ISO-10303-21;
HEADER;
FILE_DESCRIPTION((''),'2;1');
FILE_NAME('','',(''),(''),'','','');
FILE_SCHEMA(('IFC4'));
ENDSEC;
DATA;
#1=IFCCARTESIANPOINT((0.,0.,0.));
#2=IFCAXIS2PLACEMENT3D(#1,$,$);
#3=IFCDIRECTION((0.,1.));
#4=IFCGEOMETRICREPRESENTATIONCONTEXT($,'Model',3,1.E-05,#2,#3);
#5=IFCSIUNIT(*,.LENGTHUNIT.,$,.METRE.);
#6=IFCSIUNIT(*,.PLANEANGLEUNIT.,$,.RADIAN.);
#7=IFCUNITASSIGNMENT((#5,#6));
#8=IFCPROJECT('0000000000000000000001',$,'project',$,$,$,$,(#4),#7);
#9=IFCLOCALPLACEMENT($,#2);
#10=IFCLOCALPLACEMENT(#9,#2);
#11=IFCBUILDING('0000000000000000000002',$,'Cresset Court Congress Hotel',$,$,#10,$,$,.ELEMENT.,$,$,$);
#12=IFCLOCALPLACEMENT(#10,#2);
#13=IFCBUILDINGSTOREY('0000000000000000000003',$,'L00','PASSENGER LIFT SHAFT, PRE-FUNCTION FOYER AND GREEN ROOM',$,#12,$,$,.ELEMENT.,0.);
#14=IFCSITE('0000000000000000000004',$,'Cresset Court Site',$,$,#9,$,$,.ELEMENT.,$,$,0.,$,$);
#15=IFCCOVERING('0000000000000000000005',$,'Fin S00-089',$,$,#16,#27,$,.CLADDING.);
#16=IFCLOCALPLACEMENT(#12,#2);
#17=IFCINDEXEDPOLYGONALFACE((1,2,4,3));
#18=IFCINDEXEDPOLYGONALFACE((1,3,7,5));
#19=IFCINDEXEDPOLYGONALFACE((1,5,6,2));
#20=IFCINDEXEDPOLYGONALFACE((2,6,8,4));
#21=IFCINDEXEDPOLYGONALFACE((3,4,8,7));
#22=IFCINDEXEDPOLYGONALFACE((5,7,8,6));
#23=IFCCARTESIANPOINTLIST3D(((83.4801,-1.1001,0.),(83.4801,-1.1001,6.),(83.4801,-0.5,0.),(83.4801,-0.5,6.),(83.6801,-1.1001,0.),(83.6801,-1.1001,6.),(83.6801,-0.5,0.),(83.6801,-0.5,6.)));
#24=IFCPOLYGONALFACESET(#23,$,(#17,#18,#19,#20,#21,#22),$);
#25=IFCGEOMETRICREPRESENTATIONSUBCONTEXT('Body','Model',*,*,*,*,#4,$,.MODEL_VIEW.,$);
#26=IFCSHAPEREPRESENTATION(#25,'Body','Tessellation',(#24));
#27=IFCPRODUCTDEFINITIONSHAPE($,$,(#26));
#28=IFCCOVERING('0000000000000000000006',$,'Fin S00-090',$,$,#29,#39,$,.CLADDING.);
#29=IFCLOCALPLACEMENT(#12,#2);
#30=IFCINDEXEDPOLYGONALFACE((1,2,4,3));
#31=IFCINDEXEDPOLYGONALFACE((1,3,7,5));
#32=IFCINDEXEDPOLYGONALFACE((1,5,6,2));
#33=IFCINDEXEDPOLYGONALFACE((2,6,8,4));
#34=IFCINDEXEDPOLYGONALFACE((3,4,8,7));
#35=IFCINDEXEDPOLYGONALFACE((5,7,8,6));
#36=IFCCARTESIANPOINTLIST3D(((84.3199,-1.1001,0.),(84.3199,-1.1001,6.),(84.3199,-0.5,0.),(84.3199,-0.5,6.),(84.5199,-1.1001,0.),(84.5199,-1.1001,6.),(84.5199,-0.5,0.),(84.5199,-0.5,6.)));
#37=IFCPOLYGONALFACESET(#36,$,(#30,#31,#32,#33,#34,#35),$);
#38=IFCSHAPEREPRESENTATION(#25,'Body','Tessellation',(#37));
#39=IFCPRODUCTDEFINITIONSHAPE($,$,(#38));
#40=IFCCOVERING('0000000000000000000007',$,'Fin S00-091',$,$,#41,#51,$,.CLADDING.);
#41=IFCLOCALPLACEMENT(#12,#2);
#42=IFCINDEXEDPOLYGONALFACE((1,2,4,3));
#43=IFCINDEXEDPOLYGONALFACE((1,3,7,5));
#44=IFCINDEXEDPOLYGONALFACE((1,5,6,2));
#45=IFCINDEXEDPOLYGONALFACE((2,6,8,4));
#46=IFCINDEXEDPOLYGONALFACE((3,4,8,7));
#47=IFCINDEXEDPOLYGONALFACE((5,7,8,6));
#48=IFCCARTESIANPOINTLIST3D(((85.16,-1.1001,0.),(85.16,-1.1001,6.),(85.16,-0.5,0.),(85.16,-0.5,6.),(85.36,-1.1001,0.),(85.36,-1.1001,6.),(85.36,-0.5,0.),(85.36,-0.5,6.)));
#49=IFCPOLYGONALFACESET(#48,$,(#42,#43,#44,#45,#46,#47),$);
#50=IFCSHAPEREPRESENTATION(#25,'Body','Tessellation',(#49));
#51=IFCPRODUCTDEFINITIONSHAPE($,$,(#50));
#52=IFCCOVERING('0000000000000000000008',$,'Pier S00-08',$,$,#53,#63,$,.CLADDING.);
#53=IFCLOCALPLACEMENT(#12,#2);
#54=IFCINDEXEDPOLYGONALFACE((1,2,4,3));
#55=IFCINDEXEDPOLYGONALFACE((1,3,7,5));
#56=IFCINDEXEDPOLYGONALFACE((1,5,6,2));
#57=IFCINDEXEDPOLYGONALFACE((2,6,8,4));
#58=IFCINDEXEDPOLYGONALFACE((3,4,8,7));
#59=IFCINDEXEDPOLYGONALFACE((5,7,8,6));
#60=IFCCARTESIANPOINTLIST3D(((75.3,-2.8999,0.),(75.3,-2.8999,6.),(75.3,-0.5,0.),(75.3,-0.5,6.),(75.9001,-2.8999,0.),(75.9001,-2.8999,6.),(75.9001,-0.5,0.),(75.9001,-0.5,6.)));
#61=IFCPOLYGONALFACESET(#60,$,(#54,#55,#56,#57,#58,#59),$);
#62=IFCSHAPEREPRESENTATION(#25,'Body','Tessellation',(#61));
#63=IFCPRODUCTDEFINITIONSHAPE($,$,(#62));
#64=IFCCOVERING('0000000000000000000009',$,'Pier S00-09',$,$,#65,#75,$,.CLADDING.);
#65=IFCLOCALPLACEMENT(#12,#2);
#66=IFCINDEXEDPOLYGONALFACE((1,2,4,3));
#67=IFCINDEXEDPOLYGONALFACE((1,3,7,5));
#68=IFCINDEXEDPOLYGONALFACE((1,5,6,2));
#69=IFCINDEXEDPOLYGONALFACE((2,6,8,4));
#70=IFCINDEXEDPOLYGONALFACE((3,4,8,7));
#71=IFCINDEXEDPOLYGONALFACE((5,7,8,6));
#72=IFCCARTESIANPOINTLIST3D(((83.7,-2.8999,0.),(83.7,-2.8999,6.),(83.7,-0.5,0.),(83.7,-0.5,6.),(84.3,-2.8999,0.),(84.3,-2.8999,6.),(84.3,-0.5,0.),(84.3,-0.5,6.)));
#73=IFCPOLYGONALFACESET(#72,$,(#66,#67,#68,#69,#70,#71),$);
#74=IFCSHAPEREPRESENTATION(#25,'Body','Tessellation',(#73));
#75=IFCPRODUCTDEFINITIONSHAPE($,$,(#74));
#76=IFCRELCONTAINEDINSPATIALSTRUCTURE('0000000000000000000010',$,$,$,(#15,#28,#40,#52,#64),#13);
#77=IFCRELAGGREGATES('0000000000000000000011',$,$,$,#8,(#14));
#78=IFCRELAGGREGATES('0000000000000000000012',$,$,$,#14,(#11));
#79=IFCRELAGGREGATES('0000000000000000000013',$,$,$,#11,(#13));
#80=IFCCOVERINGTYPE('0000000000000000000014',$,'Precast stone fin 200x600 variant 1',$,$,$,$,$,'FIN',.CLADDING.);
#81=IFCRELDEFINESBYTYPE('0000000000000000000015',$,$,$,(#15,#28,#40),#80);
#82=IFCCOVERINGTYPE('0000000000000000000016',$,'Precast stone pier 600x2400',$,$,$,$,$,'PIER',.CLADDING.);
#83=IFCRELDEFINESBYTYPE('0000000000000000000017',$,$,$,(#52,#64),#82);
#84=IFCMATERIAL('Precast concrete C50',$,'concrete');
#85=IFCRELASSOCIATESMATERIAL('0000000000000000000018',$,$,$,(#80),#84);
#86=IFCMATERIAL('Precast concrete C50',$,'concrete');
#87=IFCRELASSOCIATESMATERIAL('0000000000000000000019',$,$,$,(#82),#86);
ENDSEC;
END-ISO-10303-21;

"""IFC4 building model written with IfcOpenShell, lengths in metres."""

from ifc_helpers import new_model, si_unit, direction, frame, origin, origin_2d, place, context, subcontext, project, spatial, rectangle, extrude, material, type_object, element, save


model = new_model("IFC4")

# Units and contexts
model_context = context("Model", 3, precision=1e-05, world=origin(), true_north=direction((0.0, 1.0)))
body_context = subcontext(model_context, "Body", "Model", "MODEL_VIEW")
ifc_project = project(units=[si_unit("LENGTHUNIT", "METRE"), si_unit("PLANEANGLEUNIT", "RADIAN")], contexts=[model_context])

# Site, building, storey
site_placement = place(None, origin())
site = spatial("IfcSite", under=ifc_project, at=site_placement, Name="Cresset Court Site", CompositionType="ELEMENT", RefElevation=0.0)
building_placement = place(site_placement, origin())
building = spatial("IfcBuilding", under=site, at=building_placement, Name="Cresset Court Congress Hotel", CompositionType="ELEMENT")
storey_placement = place(building_placement, origin())
storey = spatial("IfcBuildingStorey", under=building, at=storey_placement, Name="L00", Description="PASSENGER LIFT SHAFT, PRE-FUNCTION FOYER AND GREEN ROOM", CompositionType="ELEMENT", Elevation=0.0)

# Coverings
ifc_material_1 = material(Name="Precast concrete C50", Category="concrete")
covering_type_1 = type_object("IfcCoveringType", Name="Precast stone fin 200x600 variant 1", ElementType="FIN", PredefinedType="CLADDING", material=ifc_material_1)
for number, where, z_axis, x_axis, name in (
    (1, (83.5801, -0.8, 0.0), (0.0, 0.0, 1.0), (1.0, 0.0, 0.0), "Fin S00-089"),
    (2, (84.4199, -0.8, 0.0), (0.0, 0.0, 1.0), (1.0, 0.0, 0.0), "Fin S00-090"),
    (3, (85.26, -0.8, 0.0), (0.0, 0.0, 1.0), (1.0, 0.0, 0.0), "Fin S00-091"),
):
    element("IfcCovering", number, at=place(storey_placement, frame(where, z_axis=z_axis, x_axis=x_axis)), inside=storey, type_object=covering_type_1, Name=name, PredefinedType="CLADDING", context=body_context, shape_type="SweptSolid", body=[
        extrude(rectangle(XDim=0.2, YDim=0.6001, at=origin_2d()), origin(), (0.0, 0.0, 1.0), 6.0),
    ])
ifc_material_2 = material(Name="Precast concrete C50", Category="concrete")
covering_type_2 = type_object("IfcCoveringType", Name="Precast stone pier 600x2400", ElementType="PIER", PredefinedType="CLADDING", material=ifc_material_2)
for number, where, z_axis, x_axis, name in (
    (4, (75.6001, -1.7, 0.0), (0.0, 0.0, 1.0), (1.0, 0.0, 0.0), "Pier S00-08"),
    (5, (84.0, -1.7, 0.0), (0.0, 0.0, 1.0), (1.0, 0.0, 0.0), "Pier S00-09"),
):
    element("IfcCovering", number, at=place(storey_placement, frame(where, z_axis=z_axis, x_axis=x_axis)), inside=storey, type_object=covering_type_2, Name=name, PredefinedType="CLADDING", context=body_context, shape_type="SweptSolid", body=[
        extrude(rectangle(XDim=0.6001, YDim=2.3999, at=origin_2d()), origin(), (0.0, 0.0, 1.0), 6.0),
    ])

save(model, "model.ifc")
